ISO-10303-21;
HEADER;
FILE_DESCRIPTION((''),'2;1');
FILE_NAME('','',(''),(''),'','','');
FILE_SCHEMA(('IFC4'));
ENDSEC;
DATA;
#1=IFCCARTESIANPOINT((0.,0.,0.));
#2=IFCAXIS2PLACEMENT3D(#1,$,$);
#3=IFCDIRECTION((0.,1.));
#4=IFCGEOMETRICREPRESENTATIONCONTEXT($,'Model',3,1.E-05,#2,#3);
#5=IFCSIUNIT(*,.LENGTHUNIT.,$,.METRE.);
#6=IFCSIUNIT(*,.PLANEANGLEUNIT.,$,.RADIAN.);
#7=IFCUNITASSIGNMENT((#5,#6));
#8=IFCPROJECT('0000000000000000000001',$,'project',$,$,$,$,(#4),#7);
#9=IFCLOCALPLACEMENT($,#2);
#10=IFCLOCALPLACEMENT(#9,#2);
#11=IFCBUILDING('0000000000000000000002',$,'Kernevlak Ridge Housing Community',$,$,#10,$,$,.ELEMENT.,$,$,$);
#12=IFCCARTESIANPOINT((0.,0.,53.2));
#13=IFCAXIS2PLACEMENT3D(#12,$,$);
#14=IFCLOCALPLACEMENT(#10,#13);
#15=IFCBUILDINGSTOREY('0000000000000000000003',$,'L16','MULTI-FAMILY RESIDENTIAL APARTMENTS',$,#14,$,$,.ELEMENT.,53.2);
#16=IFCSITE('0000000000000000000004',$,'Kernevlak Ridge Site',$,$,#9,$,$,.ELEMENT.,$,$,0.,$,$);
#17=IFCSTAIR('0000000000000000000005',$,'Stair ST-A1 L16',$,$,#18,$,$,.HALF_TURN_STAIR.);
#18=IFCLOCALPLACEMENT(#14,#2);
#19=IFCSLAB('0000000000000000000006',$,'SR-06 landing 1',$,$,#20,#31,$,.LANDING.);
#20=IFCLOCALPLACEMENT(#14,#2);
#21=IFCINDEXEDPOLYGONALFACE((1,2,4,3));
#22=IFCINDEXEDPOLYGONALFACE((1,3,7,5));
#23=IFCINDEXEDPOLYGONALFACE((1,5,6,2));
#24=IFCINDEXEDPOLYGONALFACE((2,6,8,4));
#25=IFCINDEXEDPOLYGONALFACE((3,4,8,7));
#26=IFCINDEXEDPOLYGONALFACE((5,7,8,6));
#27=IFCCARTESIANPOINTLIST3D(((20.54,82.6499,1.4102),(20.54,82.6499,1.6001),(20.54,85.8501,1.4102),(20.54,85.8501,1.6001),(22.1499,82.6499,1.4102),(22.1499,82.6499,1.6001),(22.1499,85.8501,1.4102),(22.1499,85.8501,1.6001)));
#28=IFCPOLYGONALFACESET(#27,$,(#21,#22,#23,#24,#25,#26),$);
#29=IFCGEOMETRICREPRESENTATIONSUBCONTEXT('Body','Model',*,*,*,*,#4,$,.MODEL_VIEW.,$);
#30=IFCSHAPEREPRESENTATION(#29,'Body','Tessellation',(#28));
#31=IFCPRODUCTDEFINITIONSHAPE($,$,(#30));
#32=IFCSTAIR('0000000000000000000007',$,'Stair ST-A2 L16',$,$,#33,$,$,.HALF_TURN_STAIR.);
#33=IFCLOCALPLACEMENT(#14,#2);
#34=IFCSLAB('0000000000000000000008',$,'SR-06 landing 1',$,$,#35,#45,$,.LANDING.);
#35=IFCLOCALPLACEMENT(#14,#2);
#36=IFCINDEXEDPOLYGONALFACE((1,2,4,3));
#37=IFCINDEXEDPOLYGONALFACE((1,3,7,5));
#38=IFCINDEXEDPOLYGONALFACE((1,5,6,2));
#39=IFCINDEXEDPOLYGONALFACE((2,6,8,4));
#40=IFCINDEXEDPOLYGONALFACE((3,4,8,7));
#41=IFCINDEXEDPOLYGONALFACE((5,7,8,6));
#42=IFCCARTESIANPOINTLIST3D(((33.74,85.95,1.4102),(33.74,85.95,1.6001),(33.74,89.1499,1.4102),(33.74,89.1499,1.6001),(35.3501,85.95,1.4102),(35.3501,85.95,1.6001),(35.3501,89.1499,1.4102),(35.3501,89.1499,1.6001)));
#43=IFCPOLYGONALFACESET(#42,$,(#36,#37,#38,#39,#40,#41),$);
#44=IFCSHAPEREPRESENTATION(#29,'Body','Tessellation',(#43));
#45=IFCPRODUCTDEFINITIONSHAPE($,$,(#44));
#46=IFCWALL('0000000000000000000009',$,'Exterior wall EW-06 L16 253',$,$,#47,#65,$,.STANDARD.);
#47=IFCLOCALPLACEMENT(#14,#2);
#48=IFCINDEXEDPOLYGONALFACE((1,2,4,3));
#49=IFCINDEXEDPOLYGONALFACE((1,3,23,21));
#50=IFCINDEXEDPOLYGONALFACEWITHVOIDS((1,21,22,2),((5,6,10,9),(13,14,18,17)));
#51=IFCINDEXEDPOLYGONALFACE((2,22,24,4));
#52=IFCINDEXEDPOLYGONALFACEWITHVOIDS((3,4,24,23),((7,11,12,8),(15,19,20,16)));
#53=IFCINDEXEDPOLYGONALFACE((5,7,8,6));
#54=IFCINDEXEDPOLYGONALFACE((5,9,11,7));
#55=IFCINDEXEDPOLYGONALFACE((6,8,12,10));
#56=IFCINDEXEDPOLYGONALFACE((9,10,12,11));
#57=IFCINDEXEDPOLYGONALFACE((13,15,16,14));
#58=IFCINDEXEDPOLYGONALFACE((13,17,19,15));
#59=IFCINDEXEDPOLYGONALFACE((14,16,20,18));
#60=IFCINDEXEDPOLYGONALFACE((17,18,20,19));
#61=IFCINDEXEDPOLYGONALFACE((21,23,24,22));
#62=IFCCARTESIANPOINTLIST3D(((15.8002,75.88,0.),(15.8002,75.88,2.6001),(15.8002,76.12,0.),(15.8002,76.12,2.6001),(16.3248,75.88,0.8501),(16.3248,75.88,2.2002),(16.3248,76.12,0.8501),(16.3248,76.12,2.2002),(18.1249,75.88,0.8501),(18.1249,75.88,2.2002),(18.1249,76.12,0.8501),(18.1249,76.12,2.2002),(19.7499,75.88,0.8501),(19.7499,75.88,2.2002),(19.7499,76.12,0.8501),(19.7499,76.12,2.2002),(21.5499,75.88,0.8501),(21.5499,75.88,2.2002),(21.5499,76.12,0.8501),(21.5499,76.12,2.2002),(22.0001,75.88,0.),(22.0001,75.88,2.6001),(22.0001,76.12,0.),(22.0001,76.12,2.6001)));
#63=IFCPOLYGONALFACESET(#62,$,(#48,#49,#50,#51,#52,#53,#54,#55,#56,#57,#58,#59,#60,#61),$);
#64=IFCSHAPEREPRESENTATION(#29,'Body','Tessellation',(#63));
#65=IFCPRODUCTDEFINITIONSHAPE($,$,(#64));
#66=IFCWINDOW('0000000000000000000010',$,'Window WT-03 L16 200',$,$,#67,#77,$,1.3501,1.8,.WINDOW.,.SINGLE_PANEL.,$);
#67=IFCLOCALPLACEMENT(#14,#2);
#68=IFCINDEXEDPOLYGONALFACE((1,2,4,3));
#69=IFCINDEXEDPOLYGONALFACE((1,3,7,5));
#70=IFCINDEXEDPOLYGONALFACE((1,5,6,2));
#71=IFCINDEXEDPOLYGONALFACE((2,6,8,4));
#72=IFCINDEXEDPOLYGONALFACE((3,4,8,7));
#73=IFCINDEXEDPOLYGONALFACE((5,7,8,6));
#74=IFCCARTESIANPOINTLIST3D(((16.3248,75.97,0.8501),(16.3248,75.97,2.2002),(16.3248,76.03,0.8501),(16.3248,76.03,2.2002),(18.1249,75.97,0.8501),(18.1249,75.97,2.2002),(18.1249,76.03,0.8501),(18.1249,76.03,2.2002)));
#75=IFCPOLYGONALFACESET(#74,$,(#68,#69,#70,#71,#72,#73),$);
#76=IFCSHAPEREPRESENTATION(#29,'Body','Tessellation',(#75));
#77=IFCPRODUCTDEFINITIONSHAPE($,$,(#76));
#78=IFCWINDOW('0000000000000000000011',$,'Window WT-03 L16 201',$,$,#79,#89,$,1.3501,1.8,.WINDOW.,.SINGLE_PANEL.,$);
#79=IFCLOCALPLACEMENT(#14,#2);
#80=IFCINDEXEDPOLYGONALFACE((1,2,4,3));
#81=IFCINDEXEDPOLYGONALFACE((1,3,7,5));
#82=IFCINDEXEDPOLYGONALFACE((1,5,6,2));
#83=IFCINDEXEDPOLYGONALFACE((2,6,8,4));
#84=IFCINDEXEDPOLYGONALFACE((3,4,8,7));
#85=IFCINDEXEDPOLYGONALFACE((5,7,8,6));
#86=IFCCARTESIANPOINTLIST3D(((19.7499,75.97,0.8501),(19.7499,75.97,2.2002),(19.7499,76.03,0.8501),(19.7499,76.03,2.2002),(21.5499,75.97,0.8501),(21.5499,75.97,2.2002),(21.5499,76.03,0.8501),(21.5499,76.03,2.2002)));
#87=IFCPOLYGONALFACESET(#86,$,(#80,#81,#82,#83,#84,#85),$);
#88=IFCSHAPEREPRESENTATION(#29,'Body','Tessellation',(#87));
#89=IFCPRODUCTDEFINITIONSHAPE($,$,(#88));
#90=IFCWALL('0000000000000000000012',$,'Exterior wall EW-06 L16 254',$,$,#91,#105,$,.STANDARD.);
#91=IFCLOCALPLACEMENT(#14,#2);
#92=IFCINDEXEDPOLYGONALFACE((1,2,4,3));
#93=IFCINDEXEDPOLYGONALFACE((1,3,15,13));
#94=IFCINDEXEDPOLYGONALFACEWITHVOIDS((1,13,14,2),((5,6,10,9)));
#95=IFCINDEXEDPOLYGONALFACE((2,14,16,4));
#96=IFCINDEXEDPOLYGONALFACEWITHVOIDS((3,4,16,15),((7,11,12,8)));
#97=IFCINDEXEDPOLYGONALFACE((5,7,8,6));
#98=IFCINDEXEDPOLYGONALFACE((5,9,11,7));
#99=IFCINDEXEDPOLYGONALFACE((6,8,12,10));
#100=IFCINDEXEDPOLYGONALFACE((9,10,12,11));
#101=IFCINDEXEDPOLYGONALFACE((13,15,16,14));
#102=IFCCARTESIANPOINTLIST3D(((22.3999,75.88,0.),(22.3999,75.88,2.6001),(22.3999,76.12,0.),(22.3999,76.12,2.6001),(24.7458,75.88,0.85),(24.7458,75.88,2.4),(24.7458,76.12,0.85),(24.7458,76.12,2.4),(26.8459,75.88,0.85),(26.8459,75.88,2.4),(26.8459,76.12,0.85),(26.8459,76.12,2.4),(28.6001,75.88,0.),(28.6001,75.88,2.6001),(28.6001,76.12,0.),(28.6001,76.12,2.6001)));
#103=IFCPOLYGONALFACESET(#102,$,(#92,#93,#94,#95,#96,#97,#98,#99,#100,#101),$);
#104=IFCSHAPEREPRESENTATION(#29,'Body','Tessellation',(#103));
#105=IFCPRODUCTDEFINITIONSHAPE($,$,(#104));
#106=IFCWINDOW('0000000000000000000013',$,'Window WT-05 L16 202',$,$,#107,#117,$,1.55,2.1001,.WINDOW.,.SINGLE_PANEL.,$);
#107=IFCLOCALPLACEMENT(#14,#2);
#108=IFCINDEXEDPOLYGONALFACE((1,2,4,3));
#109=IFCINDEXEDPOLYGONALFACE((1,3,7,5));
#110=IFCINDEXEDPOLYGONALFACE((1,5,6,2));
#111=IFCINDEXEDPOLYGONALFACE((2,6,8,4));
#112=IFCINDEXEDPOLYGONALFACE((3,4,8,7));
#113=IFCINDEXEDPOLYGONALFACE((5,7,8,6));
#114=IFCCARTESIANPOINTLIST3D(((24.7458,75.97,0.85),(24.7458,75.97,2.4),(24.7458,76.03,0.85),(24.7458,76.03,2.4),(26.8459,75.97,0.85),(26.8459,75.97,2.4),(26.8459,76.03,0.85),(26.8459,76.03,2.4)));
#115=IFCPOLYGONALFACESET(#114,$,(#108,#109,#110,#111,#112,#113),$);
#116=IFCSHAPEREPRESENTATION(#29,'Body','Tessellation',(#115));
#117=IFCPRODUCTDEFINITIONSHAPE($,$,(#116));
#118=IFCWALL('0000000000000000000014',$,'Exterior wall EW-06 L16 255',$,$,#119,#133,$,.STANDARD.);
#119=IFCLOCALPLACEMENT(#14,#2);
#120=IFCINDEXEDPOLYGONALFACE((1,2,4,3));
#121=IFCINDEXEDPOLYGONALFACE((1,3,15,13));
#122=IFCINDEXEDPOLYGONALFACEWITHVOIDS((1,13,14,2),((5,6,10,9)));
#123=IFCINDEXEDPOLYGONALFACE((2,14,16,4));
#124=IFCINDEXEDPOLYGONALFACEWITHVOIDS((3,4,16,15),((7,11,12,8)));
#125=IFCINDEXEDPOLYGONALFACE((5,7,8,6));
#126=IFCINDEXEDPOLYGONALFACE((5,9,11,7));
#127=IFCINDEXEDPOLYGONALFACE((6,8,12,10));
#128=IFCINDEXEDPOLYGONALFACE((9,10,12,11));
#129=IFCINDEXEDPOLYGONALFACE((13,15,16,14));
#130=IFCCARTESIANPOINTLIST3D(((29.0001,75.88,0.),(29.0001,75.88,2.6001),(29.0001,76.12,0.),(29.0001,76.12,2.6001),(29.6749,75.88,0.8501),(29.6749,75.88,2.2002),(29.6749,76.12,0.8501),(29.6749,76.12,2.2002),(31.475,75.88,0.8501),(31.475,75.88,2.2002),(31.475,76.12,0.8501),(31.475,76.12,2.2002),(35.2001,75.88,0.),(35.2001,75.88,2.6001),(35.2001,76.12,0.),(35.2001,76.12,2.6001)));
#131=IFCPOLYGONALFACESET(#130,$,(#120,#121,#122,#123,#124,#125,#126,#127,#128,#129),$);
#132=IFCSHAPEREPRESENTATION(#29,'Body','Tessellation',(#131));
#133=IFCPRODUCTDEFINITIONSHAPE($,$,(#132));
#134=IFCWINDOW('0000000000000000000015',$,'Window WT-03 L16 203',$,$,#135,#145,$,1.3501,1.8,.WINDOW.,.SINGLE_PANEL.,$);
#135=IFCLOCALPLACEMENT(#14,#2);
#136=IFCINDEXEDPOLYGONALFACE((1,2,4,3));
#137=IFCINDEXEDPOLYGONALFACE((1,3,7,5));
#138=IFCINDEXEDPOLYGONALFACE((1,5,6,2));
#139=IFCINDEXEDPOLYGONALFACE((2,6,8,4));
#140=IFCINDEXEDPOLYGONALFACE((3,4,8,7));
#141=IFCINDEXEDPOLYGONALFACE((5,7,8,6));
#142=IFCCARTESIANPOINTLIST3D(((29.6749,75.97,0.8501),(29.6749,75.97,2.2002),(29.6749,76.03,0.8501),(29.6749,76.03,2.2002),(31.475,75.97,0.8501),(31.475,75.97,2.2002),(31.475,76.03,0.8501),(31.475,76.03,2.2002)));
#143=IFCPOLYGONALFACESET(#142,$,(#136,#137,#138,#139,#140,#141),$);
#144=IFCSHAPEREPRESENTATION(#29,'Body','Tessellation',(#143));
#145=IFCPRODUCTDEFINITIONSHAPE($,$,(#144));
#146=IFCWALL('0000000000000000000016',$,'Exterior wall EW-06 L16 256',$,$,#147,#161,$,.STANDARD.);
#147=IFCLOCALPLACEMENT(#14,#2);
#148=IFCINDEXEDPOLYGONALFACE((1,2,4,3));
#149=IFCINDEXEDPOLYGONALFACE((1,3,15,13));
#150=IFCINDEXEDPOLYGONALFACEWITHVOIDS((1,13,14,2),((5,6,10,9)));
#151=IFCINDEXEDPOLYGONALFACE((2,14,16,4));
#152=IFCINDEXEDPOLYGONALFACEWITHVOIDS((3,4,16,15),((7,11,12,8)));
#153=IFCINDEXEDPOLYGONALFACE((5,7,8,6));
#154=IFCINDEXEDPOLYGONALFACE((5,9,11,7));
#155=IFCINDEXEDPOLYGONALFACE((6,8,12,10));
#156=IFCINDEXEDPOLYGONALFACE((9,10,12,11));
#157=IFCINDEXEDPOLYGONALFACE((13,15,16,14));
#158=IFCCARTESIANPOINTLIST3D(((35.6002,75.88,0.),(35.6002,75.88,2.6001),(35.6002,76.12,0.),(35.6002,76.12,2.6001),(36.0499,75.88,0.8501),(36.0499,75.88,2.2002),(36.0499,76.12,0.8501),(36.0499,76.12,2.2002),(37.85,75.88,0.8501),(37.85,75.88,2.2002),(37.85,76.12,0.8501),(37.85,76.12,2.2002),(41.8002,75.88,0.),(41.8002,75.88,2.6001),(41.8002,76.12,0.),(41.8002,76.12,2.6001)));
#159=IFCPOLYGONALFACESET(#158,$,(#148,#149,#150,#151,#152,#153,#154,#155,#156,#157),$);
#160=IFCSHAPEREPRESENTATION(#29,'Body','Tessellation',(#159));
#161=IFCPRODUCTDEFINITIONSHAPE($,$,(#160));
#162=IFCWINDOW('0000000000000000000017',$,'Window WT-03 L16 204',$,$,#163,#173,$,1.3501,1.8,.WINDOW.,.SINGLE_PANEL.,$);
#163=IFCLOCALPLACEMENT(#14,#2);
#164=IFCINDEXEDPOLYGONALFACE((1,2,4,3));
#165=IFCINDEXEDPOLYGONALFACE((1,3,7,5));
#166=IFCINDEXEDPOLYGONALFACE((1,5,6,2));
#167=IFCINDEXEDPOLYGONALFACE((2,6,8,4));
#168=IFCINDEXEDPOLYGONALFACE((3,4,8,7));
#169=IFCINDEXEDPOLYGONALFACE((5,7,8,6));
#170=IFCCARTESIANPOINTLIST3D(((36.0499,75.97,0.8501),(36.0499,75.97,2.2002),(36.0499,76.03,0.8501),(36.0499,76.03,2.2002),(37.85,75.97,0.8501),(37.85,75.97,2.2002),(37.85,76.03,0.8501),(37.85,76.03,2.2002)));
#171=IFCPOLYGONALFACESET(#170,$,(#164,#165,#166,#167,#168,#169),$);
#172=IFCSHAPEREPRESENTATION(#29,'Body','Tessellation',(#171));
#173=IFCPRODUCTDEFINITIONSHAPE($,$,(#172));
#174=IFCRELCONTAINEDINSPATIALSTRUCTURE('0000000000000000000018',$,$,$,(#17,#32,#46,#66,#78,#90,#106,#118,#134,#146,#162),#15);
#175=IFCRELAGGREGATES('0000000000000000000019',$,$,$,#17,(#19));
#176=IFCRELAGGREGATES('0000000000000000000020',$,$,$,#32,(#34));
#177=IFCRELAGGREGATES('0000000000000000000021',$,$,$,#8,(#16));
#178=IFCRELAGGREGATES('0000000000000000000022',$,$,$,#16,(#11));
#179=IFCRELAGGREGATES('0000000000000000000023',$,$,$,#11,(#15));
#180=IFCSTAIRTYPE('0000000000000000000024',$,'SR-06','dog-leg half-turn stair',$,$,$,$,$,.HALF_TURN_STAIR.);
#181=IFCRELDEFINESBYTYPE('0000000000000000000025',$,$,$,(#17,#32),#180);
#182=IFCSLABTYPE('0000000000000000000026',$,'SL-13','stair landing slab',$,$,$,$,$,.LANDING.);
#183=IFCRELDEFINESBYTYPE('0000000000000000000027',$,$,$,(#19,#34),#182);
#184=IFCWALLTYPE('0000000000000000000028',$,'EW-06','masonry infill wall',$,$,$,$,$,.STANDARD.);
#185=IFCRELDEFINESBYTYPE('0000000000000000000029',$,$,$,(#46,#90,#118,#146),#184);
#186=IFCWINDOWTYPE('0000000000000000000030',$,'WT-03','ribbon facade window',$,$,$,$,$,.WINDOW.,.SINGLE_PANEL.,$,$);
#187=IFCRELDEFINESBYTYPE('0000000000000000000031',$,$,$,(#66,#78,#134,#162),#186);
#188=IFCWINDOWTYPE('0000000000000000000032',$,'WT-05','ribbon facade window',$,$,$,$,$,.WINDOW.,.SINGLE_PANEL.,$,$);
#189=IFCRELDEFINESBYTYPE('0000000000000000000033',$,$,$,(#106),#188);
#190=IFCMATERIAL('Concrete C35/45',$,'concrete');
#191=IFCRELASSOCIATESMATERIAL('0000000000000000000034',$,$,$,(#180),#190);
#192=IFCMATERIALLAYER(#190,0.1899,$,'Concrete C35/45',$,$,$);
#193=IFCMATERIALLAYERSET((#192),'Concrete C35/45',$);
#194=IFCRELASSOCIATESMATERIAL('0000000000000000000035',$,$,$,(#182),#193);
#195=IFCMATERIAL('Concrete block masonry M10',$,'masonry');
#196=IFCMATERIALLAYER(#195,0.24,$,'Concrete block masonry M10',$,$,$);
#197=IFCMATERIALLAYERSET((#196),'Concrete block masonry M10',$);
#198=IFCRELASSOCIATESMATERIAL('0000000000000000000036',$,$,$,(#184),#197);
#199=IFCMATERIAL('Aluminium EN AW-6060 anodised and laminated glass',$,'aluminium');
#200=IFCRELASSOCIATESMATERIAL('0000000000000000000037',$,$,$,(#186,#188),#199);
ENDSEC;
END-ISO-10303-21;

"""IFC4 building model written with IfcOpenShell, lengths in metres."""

from ifc_helpers import new_model, si_unit, direction, frame, frame_2d, origin, place, context, subcontext, project, spatial, polyline, rectangle, outline, extrude, material, layer, layer_set, type_object, element, fill, aggregate, save


model = new_model("IFC4")

# Units and contexts
model_context = context("Model", 3, precision=1e-05, world=origin(), true_north=direction((0.0, 1.0)))
body_context = subcontext(model_context, "Body", "Model", "MODEL_VIEW")
ifc_project = project(units=[si_unit("LENGTHUNIT", "METRE"), si_unit("PLANEANGLEUNIT", "RADIAN")], contexts=[model_context])

# Site, building, storey
site_placement = place(None, origin())
site = spatial("IfcSite", under=ifc_project, at=site_placement, Name="Kernevlak Ridge Site", CompositionType="ELEMENT", RefElevation=0.0)
building_placement = place(site_placement, origin())
building = spatial("IfcBuilding", under=site, at=building_placement, Name="Kernevlak Ridge Housing Community", CompositionType="ELEMENT")
storey_placement = place(building_placement, frame((0.0, 0.0, 53.2)))
storey = spatial("IfcBuildingStorey", under=building, at=storey_placement, Name="L16", Description="MULTI-FAMILY RESIDENTIAL APARTMENTS", CompositionType="ELEMENT", Elevation=53.2)

# Shared definitions
ifc_material_1 = material(Name="Concrete C35/45", Category="concrete")

# Stairs, slabs
stair_type = type_object("IfcStairType", Name="SR-06", Description="dog-leg half-turn stair", PredefinedType="HALF_TURN_STAIR", material=ifc_material_1)
stair_1_placement = place(storey_placement, origin())
stair_1 = element("IfcStair", 1, at=stair_1_placement, inside=storey, type_object=stair_type, Name="Stair ST-A1 L16", PredefinedType="HALF_TURN_STAIR")
ifc_layer_1 = layer(ifc_material_1, 0.1899, Name="Concrete C35/45")
ifc_layer_set_1 = layer_set([ifc_layer_1], Name="Concrete C35/45")
slab_type_1 = type_object("IfcSlabType", Name="SL-13", Description="stair landing slab", PredefinedType="LANDING", material=ifc_layer_set_1)
slab_1_placement = place(storey_placement, frame((0.0, 0.0, 1.4102)))
slab_1 = element("IfcSlab", 2, at=slab_1_placement, type_object=slab_type_1, Name="SR-06 landing 1", PredefinedType="LANDING", context=body_context, shape_type="SweptSolid", body=[
    extrude(outline(polyline([(20.54, 82.6499), (22.1499, 82.6499), (22.1499, 85.8501), (20.54, 85.8501), (20.54, 82.6499)])), origin(), (0.0, 0.0, 1.0), 0.1899),
])
aggregate(stair_1, [slab_1])
stair_2_placement = place(storey_placement, origin())
stair_2 = element("IfcStair", 3, at=stair_2_placement, inside=storey, type_object=stair_type, Name="Stair ST-A2 L16", PredefinedType="HALF_TURN_STAIR")
slab_2_placement = place(storey_placement, frame((0.0, 0.0, 1.4102)))
slab_2 = element("IfcSlab", 4, at=slab_2_placement, type_object=slab_type_1, Name="SR-06 landing 1", PredefinedType="LANDING", context=body_context, shape_type="SweptSolid", body=[
    extrude(outline(polyline([(33.74, 85.95), (35.3501, 85.95), (35.3501, 89.1499), (33.74, 89.1499), (33.74, 85.95)])), origin(), (0.0, 0.0, 1.0), 0.1899),
])
aggregate(stair_2, [slab_2])

# Wall, openings, windows
ifc_material_2 = material(Name="Concrete block masonry M10", Category="masonry")
ifc_layer_2 = layer(ifc_material_2, 0.24, Name="Concrete block masonry M10")
ifc_layer_set_2 = layer_set([ifc_layer_2], Name="Concrete block masonry M10")
wall_type_1 = type_object("IfcWallType", Name="EW-06", Description="masonry infill wall", PredefinedType="STANDARD", material=ifc_layer_set_2)
wall_1_placement = place(storey_placement, frame((15.8, 76.0, 0.0), z_axis=(0.0, 0.0, 1.0), x_axis=(1.0, 0.0, 0.0)))
wall_1 = element("IfcWall", 5, at=wall_1_placement, inside=storey, type_object=wall_type_1, Name="Exterior wall EW-06 L16 253", PredefinedType="STANDARD", context=body_context, shape_type="SweptSolid", body=[
    extrude(rectangle(XDim=6.2, YDim=0.24, at=frame_2d((3.1001, 0.0))), origin(), (0.0, 0.0, 1.0), 2.6001),
])
opening_1_placement = place(wall_1_placement, frame((0.5249, 0.0, 0.8501)))
opening_1 = element("IfcOpeningElement", 6, at=opening_1_placement, cuts=wall_1, PredefinedType="OPENING", context=body_context, shape_type="SweptSolid", body=[
    extrude(rectangle(XDim=1.8, YDim=1.3501, at=frame_2d((0.8999, 0.675))), frame((0.0, 0.1299, 0.0), z_axis=(0.0, -1.0, 0.0), x_axis=(1.0, 0.0, 0.0)), (0.0, 0.0, 1.0), 0.26),
])
opening_2_placement = place(wall_1_placement, frame((3.95, 0.0, 0.8501)))
opening_2 = element("IfcOpeningElement", 7, at=opening_2_placement, cuts=wall_1, PredefinedType="OPENING", context=body_context, shape_type="SweptSolid", body=[
    extrude(rectangle(XDim=1.8, YDim=1.3501, at=frame_2d((0.8999, 0.675))), frame((0.0, 0.1299, 0.0), z_axis=(0.0, -1.0, 0.0), x_axis=(1.0, 0.0, 0.0)), (0.0, 0.0, 1.0), 0.26),
])
ifc_material_3 = material(Name="Aluminium EN AW-6060 anodised and laminated glass", Category="aluminium")
window_type_1 = type_object("IfcWindowType", Name="WT-03", Description="ribbon facade window", PartitioningType="SINGLE_PANEL", PredefinedType="WINDOW", material=ifc_material_3)
window_1_placement = place(opening_1_placement, origin())
window_1 = element("IfcWindow", 8, at=window_1_placement, inside=storey, type_object=window_type_1, Name="Window WT-03 L16 200", OverallHeight=1.3501, OverallWidth=1.8, PartitioningType="SINGLE_PANEL", PredefinedType="WINDOW", context=body_context, shape_type="SweptSolid", body=[
    extrude(rectangle(XDim=1.8, YDim=1.3501, at=frame_2d((0.8999, 0.675))), frame((0.0, 0.03, 0.0), z_axis=(0.0, -1.0, 0.0), x_axis=(1.0, 0.0, 0.0)), (0.0, 0.0, 1.0), 0.0601),
])
fill(opening_1, window_1)
window_2_placement = place(opening_2_placement, origin())
window_2 = element("IfcWindow", 9, at=window_2_placement, inside=storey, type_object=window_type_1, Name="Window WT-03 L16 201", OverallHeight=1.3501, OverallWidth=1.8, PartitioningType="SINGLE_PANEL", PredefinedType="WINDOW", context=body_context, shape_type="SweptSolid", body=[
    extrude(rectangle(XDim=1.8, YDim=1.3501, at=frame_2d((0.8999, 0.675))), frame((0.0, 0.03, 0.0), z_axis=(0.0, -1.0, 0.0), x_axis=(1.0, 0.0, 0.0)), (0.0, 0.0, 1.0), 0.0601),
])
fill(opening_2, window_2)

# Walls, openings, windows
wall_2_placement = place(storey_placement, frame((22.3999, 76.0, 0.0), z_axis=(0.0, 0.0, 1.0), x_axis=(1.0, 0.0, 0.0)))
wall_2 = element("IfcWall", 10, at=wall_2_placement, inside=storey, type_object=wall_type_1, Name="Exterior wall EW-06 L16 254", PredefinedType="STANDARD", context=body_context, shape_type="SweptSolid", body=[
    extrude(rectangle(XDim=6.2002, YDim=0.24, at=frame_2d((3.1001, 0.0))), origin(), (0.0, 0.0, 1.0), 2.6001),
])
opening_3_placement = place(wall_2_placement, frame((2.3459, 0.0, 0.8501)))
opening_3 = element("IfcOpeningElement", 11, at=opening_3_placement, cuts=wall_2, PredefinedType="OPENING", context=body_context, shape_type="SweptSolid", body=[
    extrude(rectangle(XDim=2.1001, YDim=1.55, at=frame_2d((1.05, 0.7749))), frame((0.0, 0.1299, 0.0), z_axis=(0.0, -1.0, 0.0), x_axis=(1.0, 0.0, 0.0)), (0.0, 0.0, 1.0), 0.26),
])
window_type_2 = type_object("IfcWindowType", Name="WT-05", Description="ribbon facade window", PartitioningType="SINGLE_PANEL", PredefinedType="WINDOW", material=ifc_material_3)
window_3_placement = place(opening_3_placement, origin())
window_3 = element("IfcWindow", 12, at=window_3_placement, inside=storey, type_object=window_type_2, Name="Window WT-05 L16 202", OverallHeight=1.55, OverallWidth=2.1001, PartitioningType="SINGLE_PANEL", PredefinedType="WINDOW", context=body_context, shape_type="SweptSolid", body=[
    extrude(rectangle(XDim=2.1001, YDim=1.55, at=frame_2d((1.05, 0.7749))), frame((0.0, 0.03, 0.0), z_axis=(0.0, -1.0, 0.0), x_axis=(1.0, 0.0, 0.0)), (0.0, 0.0, 1.0), 0.0601),
])
fill(opening_3, window_3)
wall_3_placement = place(storey_placement, frame((29.0, 76.0, 0.0), z_axis=(0.0, 0.0, 1.0), x_axis=(1.0, 0.0, 0.0)))
wall_3 = element("IfcWall", 13, at=wall_3_placement, inside=storey, type_object=wall_type_1, Name="Exterior wall EW-06 L16 255", PredefinedType="STANDARD", context=body_context, shape_type="SweptSolid", body=[
    extrude(rectangle(XDim=6.2, YDim=0.24, at=frame_2d((3.1001, 0.0))), origin(), (0.0, 0.0, 1.0), 2.6001),
])
opening_4_placement = place(wall_3_placement, frame((0.675, 0.0, 0.8501)))
opening_4 = element("IfcOpeningElement", 14, at=opening_4_placement, cuts=wall_3, PredefinedType="OPENING", context=body_context, shape_type="SweptSolid", body=[
    extrude(rectangle(XDim=1.8, YDim=1.3501, at=frame_2d((0.8999, 0.675))), frame((0.0, 0.1299, 0.0), z_axis=(0.0, -1.0, 0.0), x_axis=(1.0, 0.0, 0.0)), (0.0, 0.0, 1.0), 0.26),
])
window_4_placement = place(opening_4_placement, origin())
window_4 = element("IfcWindow", 15, at=window_4_placement, inside=storey, type_object=window_type_1, Name="Window WT-03 L16 203", OverallHeight=1.3501, OverallWidth=1.8, PartitioningType="SINGLE_PANEL", PredefinedType="WINDOW", context=body_context, shape_type="SweptSolid", body=[
    extrude(rectangle(XDim=1.8, YDim=1.3501, at=frame_2d((0.8999, 0.675))), frame((0.0, 0.03, 0.0), z_axis=(0.0, -1.0, 0.0), x_axis=(1.0, 0.0, 0.0)), (0.0, 0.0, 1.0), 0.0601),
])
fill(opening_4, window_4)
wall_4_placement = place(storey_placement, frame((35.6001, 76.0, 0.0), z_axis=(0.0, 0.0, 1.0), x_axis=(1.0, 0.0, 0.0)))
wall_4 = element("IfcWall", 16, at=wall_4_placement, inside=storey, type_object=wall_type_1, Name="Exterior wall EW-06 L16 256", PredefinedType="STANDARD", context=body_context, shape_type="SweptSolid", body=[
    extrude(rectangle(XDim=6.2, YDim=0.24, at=frame_2d((3.1001, 0.0))), origin(), (0.0, 0.0, 1.0), 2.6001),
])
opening_5_placement = place(wall_4_placement, frame((0.45, 0.0, 0.8501)))
opening_5 = element("IfcOpeningElement", 17, at=opening_5_placement, cuts=wall_4, PredefinedType="OPENING", context=body_context, shape_type="SweptSolid", body=[
    extrude(rectangle(XDim=1.8, YDim=1.3501, at=frame_2d((0.8999, 0.675))), frame((0.0, 0.1299, 0.0), z_axis=(0.0, -1.0, 0.0), x_axis=(1.0, 0.0, 0.0)), (0.0, 0.0, 1.0), 0.26),
])
window_5_placement = place(opening_5_placement, origin())
window_5 = element("IfcWindow", 18, at=window_5_placement, inside=storey, type_object=window_type_1, Name="Window WT-03 L16 204", OverallHeight=1.3501, OverallWidth=1.8, PartitioningType="SINGLE_PANEL", PredefinedType="WINDOW", context=body_context, shape_type="SweptSolid", body=[
    extrude(rectangle(XDim=1.8, YDim=1.3501, at=frame_2d((0.8999, 0.675))), frame((0.0, 0.03, 0.0), z_axis=(0.0, -1.0, 0.0), x_axis=(1.0, 0.0, 0.0)), (0.0, 0.0, 1.0), 0.0601),
])
fill(opening_5, window_5)

save(model, "model.ifc")
